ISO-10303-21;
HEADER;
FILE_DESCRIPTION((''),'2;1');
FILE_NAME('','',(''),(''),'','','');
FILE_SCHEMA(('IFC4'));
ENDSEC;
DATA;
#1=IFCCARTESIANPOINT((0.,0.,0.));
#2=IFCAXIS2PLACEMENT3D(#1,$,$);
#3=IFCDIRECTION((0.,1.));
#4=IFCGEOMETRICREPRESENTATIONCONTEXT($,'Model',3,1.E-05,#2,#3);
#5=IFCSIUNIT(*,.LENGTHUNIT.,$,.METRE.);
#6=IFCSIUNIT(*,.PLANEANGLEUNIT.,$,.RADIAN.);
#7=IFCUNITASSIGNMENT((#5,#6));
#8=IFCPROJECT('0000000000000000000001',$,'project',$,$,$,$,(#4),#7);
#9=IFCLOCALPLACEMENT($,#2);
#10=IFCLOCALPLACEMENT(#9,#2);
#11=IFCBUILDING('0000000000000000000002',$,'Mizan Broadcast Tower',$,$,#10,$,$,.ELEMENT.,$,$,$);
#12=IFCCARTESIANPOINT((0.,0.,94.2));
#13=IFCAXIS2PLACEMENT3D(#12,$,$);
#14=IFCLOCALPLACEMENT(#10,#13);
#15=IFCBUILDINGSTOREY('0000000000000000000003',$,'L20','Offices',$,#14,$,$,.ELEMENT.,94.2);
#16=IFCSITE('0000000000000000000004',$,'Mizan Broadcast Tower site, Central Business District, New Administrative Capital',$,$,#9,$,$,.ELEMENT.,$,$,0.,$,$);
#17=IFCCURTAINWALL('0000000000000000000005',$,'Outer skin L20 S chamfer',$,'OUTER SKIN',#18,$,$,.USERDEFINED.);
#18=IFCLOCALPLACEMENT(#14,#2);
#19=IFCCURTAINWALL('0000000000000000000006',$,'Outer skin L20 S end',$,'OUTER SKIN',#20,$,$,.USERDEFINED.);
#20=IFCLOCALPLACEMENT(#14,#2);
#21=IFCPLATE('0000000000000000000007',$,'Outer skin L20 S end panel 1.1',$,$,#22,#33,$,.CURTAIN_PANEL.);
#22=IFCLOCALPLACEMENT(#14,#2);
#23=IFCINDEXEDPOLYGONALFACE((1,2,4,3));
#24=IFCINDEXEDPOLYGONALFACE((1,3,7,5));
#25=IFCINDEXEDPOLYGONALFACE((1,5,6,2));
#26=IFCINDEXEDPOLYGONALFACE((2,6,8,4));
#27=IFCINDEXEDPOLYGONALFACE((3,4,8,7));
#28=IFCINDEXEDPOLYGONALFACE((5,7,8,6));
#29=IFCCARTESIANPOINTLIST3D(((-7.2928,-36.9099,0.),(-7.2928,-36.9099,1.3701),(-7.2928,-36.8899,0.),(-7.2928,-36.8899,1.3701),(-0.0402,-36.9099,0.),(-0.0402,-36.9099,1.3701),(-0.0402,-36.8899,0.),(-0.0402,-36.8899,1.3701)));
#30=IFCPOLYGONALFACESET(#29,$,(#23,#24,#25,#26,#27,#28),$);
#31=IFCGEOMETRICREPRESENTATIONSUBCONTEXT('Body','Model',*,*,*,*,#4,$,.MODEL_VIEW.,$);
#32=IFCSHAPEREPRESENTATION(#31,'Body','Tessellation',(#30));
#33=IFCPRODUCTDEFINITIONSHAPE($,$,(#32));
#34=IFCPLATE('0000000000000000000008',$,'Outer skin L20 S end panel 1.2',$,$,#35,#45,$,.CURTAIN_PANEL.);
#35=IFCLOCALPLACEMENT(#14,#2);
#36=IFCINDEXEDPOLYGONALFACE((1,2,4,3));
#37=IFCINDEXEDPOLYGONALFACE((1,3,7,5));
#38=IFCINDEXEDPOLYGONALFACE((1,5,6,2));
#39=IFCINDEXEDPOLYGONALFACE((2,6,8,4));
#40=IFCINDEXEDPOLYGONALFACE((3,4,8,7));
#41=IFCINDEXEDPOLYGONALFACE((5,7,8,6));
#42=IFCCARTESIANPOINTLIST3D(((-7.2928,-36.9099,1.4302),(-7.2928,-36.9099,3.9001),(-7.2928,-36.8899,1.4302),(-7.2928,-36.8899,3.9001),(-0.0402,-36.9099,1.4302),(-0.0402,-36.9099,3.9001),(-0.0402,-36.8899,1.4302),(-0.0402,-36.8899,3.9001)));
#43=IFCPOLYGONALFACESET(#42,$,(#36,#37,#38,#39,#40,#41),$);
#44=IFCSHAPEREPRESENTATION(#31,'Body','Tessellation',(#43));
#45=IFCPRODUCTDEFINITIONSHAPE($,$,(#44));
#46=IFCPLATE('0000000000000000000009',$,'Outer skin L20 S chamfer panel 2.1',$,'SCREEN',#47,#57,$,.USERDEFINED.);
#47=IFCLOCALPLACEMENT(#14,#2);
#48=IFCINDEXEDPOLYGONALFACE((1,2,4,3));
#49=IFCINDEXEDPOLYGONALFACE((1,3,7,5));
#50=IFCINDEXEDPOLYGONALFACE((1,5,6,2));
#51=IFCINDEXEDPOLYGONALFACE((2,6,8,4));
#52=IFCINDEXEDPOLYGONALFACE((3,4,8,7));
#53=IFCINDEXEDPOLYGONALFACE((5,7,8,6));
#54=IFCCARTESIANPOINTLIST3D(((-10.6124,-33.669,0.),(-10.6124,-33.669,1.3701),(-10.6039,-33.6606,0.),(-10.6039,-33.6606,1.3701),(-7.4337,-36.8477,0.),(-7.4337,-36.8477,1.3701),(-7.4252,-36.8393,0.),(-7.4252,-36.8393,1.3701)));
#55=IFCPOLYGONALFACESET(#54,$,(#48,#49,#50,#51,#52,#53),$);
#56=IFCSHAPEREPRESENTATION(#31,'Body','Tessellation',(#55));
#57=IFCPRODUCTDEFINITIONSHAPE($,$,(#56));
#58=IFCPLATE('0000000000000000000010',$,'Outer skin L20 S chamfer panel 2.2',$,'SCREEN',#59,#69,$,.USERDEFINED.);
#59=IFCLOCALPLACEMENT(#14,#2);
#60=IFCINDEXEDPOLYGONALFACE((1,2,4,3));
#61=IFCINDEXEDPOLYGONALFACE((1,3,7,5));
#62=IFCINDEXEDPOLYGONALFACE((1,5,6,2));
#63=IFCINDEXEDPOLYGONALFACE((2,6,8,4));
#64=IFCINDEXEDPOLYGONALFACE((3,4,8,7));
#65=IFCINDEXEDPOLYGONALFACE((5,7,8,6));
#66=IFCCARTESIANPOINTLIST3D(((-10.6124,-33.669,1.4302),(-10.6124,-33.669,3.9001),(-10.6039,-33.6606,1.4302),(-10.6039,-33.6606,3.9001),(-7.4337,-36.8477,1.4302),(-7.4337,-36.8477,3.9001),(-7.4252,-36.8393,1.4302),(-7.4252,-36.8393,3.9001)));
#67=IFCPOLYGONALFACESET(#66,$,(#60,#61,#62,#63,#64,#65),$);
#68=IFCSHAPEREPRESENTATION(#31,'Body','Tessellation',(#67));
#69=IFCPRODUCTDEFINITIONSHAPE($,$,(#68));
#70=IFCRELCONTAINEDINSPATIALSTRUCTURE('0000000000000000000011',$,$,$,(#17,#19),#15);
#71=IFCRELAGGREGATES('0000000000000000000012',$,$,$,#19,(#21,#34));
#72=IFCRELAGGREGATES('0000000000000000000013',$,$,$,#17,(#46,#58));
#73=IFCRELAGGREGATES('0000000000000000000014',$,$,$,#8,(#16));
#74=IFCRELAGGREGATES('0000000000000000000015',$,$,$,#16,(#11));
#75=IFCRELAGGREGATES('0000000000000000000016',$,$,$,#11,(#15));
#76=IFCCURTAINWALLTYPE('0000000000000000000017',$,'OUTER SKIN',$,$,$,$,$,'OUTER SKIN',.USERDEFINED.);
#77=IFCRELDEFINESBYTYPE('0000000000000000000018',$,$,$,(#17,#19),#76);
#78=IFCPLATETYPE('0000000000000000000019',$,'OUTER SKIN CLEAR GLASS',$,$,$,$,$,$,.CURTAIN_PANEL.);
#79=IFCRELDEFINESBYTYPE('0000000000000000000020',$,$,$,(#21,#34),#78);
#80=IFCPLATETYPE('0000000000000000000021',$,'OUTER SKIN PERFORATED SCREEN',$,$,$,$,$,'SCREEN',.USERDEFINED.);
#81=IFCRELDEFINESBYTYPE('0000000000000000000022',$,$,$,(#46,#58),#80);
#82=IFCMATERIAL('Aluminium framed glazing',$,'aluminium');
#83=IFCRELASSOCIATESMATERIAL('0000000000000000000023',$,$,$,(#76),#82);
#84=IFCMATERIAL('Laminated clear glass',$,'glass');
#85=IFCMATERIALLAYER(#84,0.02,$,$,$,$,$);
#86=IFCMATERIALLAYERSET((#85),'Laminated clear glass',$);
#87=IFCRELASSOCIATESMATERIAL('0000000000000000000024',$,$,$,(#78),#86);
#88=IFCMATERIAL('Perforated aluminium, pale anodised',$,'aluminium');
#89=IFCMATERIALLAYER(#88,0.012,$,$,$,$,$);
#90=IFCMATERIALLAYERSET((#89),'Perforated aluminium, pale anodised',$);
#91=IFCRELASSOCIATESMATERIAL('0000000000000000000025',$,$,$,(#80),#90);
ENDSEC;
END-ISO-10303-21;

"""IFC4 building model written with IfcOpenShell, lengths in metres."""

from ifc_helpers import new_model, si_unit, direction, frame, origin, origin_2d, place, context, subcontext, project, spatial, rectangle, extrude, material, layer, layer_set, type_object, element, aggregate, save


model = new_model("IFC4")

# Units and contexts
model_context = context("Model", 3, precision=1e-05, world=origin(), true_north=direction((0.0, 1.0)))
body_context = subcontext(model_context, "Body", "Model", "MODEL_VIEW")
ifc_project = project(units=[si_unit("LENGTHUNIT", "METRE"), si_unit("PLANEANGLEUNIT", "RADIAN")], contexts=[model_context])

# Site, building, storey
site_placement = place(None, origin())
site = spatial("IfcSite", under=ifc_project, at=site_placement, Name="Mizan Broadcast Tower site, Central Business District, New Administrative Capital", CompositionType="ELEMENT", RefElevation=0.0)
building_placement = place(site_placement, origin())
building = spatial("IfcBuilding", under=site, at=building_placement, Name="Mizan Broadcast Tower", CompositionType="ELEMENT")
storey_placement = place(building_placement, frame((0.0, 0.0, 94.2)))
storey = spatial("IfcBuildingStorey", under=building, at=storey_placement, Name="L20", Description="Offices", CompositionType="ELEMENT", Elevation=94.2)

# Curtain wall
ifc_material_1 = material(Name="Aluminium framed glazing", Category="aluminium")
curtain_wall_type_1 = type_object("IfcCurtainWallType", Name="OUTER SKIN", ElementType="OUTER SKIN", PredefinedType="USERDEFINED", material=ifc_material_1)
curtain_wall_1_placement = place(storey_placement, origin())
curtain_wall_1 = element("IfcCurtainWall", 1, at=curtain_wall_1_placement, inside=storey, type_object=curtain_wall_type_1, Name="Outer skin L20 S chamfer", ObjectType="OUTER SKIN", PredefinedType="USERDEFINED")

# Curtain wall
curtain_wall_2_placement = place(storey_placement, origin())
curtain_wall_2 = element("IfcCurtainWall", 2, at=curtain_wall_2_placement, inside=storey, type_object=curtain_wall_type_1, Name="Outer skin L20 S end", ObjectType="OUTER SKIN", PredefinedType="USERDEFINED")

# Plates
ifc_material_2 = material(Name="Laminated clear glass", Category="glass")
ifc_layer_1 = layer(ifc_material_2, 0.02)
ifc_layer_set_1 = layer_set([ifc_layer_1], Name="Laminated clear glass")
plate_type_1 = type_object("IfcPlateType", Name="OUTER SKIN CLEAR GLASS", PredefinedType="CURTAIN_PANEL", material=ifc_layer_set_1)
plate_1_placement = place(storey_placement, frame((-3.6665, -36.8999, 0.0), z_axis=(0.0, 0.0, 1.0), x_axis=(1.0, 0.0, 0.0)))
plate_1 = element("IfcPlate", 3, at=plate_1_placement, type_object=plate_type_1, Name="Outer skin L20 S end panel 1.1", PredefinedType="CURTAIN_PANEL", context=body_context, shape_type="SweptSolid", body=[
    extrude(rectangle(XDim=7.2527, YDim=0.02, at=origin_2d()), origin(), (0.0, 0.0, 1.0), 1.3701),
])
plate_2_placement = place(storey_placement, frame((-3.6665, -36.8999, 1.4302), z_axis=(0.0, 0.0, 1.0), x_axis=(1.0, 0.0, 0.0)))
plate_2 = element("IfcPlate", 4, at=plate_2_placement, type_object=plate_type_1, Name="Outer skin L20 S end panel 1.2", PredefinedType="CURTAIN_PANEL", context=body_context, shape_type="SweptSolid", body=[
    extrude(rectangle(XDim=7.2527, YDim=0.02, at=origin_2d()), origin(), (0.0, 0.0, 1.0), 2.47),
])
aggregate(curtain_wall_2, [plate_1, plate_2])
ifc_material_3 = material(Name="Perforated aluminium, pale anodised", Category="aluminium")
ifc_layer_2 = layer(ifc_material_3, 0.012)
ifc_layer_set_2 = layer_set([ifc_layer_2], Name="Perforated aluminium, pale anodised")
plate_type_2 = type_object("IfcPlateType", Name="OUTER SKIN PERFORATED SCREEN", ElementType="SCREEN", PredefinedType="USERDEFINED", material=ifc_layer_set_2)
plate_3_placement = place(storey_placement, frame((-9.0188, -35.2542, 0.0), z_axis=(0.0, 0.0, 1.0), x_axis=(0.707107, -0.707107, 0.0)))
plate_3 = element("IfcPlate", 5, at=plate_3_placement, type_object=plate_type_2, Name="Outer skin L20 S chamfer panel 2.1", ObjectType="SCREEN", PredefinedType="USERDEFINED", context=body_context, shape_type="SweptSolid", body=[
    extrude(rectangle(XDim=4.4954, YDim=0.012, at=origin_2d()), origin(), (0.0, 0.0, 1.0), 1.3701),
])
plate_4_placement = place(storey_placement, frame((-9.0188, -35.2542, 1.4302), z_axis=(0.0, 0.0, 1.0), x_axis=(0.707107, -0.707107, 0.0)))
plate_4 = element("IfcPlate", 6, at=plate_4_placement, type_object=plate_type_2, Name="Outer skin L20 S chamfer panel 2.2", ObjectType="SCREEN", PredefinedType="USERDEFINED", context=body_context, shape_type="SweptSolid", body=[
    extrude(rectangle(XDim=4.4954, YDim=0.012, at=origin_2d()), origin(), (0.0, 0.0, 1.0), 2.47),
])
aggregate(curtain_wall_1, [plate_3, plate_4])

save(model, "model.ifc")
